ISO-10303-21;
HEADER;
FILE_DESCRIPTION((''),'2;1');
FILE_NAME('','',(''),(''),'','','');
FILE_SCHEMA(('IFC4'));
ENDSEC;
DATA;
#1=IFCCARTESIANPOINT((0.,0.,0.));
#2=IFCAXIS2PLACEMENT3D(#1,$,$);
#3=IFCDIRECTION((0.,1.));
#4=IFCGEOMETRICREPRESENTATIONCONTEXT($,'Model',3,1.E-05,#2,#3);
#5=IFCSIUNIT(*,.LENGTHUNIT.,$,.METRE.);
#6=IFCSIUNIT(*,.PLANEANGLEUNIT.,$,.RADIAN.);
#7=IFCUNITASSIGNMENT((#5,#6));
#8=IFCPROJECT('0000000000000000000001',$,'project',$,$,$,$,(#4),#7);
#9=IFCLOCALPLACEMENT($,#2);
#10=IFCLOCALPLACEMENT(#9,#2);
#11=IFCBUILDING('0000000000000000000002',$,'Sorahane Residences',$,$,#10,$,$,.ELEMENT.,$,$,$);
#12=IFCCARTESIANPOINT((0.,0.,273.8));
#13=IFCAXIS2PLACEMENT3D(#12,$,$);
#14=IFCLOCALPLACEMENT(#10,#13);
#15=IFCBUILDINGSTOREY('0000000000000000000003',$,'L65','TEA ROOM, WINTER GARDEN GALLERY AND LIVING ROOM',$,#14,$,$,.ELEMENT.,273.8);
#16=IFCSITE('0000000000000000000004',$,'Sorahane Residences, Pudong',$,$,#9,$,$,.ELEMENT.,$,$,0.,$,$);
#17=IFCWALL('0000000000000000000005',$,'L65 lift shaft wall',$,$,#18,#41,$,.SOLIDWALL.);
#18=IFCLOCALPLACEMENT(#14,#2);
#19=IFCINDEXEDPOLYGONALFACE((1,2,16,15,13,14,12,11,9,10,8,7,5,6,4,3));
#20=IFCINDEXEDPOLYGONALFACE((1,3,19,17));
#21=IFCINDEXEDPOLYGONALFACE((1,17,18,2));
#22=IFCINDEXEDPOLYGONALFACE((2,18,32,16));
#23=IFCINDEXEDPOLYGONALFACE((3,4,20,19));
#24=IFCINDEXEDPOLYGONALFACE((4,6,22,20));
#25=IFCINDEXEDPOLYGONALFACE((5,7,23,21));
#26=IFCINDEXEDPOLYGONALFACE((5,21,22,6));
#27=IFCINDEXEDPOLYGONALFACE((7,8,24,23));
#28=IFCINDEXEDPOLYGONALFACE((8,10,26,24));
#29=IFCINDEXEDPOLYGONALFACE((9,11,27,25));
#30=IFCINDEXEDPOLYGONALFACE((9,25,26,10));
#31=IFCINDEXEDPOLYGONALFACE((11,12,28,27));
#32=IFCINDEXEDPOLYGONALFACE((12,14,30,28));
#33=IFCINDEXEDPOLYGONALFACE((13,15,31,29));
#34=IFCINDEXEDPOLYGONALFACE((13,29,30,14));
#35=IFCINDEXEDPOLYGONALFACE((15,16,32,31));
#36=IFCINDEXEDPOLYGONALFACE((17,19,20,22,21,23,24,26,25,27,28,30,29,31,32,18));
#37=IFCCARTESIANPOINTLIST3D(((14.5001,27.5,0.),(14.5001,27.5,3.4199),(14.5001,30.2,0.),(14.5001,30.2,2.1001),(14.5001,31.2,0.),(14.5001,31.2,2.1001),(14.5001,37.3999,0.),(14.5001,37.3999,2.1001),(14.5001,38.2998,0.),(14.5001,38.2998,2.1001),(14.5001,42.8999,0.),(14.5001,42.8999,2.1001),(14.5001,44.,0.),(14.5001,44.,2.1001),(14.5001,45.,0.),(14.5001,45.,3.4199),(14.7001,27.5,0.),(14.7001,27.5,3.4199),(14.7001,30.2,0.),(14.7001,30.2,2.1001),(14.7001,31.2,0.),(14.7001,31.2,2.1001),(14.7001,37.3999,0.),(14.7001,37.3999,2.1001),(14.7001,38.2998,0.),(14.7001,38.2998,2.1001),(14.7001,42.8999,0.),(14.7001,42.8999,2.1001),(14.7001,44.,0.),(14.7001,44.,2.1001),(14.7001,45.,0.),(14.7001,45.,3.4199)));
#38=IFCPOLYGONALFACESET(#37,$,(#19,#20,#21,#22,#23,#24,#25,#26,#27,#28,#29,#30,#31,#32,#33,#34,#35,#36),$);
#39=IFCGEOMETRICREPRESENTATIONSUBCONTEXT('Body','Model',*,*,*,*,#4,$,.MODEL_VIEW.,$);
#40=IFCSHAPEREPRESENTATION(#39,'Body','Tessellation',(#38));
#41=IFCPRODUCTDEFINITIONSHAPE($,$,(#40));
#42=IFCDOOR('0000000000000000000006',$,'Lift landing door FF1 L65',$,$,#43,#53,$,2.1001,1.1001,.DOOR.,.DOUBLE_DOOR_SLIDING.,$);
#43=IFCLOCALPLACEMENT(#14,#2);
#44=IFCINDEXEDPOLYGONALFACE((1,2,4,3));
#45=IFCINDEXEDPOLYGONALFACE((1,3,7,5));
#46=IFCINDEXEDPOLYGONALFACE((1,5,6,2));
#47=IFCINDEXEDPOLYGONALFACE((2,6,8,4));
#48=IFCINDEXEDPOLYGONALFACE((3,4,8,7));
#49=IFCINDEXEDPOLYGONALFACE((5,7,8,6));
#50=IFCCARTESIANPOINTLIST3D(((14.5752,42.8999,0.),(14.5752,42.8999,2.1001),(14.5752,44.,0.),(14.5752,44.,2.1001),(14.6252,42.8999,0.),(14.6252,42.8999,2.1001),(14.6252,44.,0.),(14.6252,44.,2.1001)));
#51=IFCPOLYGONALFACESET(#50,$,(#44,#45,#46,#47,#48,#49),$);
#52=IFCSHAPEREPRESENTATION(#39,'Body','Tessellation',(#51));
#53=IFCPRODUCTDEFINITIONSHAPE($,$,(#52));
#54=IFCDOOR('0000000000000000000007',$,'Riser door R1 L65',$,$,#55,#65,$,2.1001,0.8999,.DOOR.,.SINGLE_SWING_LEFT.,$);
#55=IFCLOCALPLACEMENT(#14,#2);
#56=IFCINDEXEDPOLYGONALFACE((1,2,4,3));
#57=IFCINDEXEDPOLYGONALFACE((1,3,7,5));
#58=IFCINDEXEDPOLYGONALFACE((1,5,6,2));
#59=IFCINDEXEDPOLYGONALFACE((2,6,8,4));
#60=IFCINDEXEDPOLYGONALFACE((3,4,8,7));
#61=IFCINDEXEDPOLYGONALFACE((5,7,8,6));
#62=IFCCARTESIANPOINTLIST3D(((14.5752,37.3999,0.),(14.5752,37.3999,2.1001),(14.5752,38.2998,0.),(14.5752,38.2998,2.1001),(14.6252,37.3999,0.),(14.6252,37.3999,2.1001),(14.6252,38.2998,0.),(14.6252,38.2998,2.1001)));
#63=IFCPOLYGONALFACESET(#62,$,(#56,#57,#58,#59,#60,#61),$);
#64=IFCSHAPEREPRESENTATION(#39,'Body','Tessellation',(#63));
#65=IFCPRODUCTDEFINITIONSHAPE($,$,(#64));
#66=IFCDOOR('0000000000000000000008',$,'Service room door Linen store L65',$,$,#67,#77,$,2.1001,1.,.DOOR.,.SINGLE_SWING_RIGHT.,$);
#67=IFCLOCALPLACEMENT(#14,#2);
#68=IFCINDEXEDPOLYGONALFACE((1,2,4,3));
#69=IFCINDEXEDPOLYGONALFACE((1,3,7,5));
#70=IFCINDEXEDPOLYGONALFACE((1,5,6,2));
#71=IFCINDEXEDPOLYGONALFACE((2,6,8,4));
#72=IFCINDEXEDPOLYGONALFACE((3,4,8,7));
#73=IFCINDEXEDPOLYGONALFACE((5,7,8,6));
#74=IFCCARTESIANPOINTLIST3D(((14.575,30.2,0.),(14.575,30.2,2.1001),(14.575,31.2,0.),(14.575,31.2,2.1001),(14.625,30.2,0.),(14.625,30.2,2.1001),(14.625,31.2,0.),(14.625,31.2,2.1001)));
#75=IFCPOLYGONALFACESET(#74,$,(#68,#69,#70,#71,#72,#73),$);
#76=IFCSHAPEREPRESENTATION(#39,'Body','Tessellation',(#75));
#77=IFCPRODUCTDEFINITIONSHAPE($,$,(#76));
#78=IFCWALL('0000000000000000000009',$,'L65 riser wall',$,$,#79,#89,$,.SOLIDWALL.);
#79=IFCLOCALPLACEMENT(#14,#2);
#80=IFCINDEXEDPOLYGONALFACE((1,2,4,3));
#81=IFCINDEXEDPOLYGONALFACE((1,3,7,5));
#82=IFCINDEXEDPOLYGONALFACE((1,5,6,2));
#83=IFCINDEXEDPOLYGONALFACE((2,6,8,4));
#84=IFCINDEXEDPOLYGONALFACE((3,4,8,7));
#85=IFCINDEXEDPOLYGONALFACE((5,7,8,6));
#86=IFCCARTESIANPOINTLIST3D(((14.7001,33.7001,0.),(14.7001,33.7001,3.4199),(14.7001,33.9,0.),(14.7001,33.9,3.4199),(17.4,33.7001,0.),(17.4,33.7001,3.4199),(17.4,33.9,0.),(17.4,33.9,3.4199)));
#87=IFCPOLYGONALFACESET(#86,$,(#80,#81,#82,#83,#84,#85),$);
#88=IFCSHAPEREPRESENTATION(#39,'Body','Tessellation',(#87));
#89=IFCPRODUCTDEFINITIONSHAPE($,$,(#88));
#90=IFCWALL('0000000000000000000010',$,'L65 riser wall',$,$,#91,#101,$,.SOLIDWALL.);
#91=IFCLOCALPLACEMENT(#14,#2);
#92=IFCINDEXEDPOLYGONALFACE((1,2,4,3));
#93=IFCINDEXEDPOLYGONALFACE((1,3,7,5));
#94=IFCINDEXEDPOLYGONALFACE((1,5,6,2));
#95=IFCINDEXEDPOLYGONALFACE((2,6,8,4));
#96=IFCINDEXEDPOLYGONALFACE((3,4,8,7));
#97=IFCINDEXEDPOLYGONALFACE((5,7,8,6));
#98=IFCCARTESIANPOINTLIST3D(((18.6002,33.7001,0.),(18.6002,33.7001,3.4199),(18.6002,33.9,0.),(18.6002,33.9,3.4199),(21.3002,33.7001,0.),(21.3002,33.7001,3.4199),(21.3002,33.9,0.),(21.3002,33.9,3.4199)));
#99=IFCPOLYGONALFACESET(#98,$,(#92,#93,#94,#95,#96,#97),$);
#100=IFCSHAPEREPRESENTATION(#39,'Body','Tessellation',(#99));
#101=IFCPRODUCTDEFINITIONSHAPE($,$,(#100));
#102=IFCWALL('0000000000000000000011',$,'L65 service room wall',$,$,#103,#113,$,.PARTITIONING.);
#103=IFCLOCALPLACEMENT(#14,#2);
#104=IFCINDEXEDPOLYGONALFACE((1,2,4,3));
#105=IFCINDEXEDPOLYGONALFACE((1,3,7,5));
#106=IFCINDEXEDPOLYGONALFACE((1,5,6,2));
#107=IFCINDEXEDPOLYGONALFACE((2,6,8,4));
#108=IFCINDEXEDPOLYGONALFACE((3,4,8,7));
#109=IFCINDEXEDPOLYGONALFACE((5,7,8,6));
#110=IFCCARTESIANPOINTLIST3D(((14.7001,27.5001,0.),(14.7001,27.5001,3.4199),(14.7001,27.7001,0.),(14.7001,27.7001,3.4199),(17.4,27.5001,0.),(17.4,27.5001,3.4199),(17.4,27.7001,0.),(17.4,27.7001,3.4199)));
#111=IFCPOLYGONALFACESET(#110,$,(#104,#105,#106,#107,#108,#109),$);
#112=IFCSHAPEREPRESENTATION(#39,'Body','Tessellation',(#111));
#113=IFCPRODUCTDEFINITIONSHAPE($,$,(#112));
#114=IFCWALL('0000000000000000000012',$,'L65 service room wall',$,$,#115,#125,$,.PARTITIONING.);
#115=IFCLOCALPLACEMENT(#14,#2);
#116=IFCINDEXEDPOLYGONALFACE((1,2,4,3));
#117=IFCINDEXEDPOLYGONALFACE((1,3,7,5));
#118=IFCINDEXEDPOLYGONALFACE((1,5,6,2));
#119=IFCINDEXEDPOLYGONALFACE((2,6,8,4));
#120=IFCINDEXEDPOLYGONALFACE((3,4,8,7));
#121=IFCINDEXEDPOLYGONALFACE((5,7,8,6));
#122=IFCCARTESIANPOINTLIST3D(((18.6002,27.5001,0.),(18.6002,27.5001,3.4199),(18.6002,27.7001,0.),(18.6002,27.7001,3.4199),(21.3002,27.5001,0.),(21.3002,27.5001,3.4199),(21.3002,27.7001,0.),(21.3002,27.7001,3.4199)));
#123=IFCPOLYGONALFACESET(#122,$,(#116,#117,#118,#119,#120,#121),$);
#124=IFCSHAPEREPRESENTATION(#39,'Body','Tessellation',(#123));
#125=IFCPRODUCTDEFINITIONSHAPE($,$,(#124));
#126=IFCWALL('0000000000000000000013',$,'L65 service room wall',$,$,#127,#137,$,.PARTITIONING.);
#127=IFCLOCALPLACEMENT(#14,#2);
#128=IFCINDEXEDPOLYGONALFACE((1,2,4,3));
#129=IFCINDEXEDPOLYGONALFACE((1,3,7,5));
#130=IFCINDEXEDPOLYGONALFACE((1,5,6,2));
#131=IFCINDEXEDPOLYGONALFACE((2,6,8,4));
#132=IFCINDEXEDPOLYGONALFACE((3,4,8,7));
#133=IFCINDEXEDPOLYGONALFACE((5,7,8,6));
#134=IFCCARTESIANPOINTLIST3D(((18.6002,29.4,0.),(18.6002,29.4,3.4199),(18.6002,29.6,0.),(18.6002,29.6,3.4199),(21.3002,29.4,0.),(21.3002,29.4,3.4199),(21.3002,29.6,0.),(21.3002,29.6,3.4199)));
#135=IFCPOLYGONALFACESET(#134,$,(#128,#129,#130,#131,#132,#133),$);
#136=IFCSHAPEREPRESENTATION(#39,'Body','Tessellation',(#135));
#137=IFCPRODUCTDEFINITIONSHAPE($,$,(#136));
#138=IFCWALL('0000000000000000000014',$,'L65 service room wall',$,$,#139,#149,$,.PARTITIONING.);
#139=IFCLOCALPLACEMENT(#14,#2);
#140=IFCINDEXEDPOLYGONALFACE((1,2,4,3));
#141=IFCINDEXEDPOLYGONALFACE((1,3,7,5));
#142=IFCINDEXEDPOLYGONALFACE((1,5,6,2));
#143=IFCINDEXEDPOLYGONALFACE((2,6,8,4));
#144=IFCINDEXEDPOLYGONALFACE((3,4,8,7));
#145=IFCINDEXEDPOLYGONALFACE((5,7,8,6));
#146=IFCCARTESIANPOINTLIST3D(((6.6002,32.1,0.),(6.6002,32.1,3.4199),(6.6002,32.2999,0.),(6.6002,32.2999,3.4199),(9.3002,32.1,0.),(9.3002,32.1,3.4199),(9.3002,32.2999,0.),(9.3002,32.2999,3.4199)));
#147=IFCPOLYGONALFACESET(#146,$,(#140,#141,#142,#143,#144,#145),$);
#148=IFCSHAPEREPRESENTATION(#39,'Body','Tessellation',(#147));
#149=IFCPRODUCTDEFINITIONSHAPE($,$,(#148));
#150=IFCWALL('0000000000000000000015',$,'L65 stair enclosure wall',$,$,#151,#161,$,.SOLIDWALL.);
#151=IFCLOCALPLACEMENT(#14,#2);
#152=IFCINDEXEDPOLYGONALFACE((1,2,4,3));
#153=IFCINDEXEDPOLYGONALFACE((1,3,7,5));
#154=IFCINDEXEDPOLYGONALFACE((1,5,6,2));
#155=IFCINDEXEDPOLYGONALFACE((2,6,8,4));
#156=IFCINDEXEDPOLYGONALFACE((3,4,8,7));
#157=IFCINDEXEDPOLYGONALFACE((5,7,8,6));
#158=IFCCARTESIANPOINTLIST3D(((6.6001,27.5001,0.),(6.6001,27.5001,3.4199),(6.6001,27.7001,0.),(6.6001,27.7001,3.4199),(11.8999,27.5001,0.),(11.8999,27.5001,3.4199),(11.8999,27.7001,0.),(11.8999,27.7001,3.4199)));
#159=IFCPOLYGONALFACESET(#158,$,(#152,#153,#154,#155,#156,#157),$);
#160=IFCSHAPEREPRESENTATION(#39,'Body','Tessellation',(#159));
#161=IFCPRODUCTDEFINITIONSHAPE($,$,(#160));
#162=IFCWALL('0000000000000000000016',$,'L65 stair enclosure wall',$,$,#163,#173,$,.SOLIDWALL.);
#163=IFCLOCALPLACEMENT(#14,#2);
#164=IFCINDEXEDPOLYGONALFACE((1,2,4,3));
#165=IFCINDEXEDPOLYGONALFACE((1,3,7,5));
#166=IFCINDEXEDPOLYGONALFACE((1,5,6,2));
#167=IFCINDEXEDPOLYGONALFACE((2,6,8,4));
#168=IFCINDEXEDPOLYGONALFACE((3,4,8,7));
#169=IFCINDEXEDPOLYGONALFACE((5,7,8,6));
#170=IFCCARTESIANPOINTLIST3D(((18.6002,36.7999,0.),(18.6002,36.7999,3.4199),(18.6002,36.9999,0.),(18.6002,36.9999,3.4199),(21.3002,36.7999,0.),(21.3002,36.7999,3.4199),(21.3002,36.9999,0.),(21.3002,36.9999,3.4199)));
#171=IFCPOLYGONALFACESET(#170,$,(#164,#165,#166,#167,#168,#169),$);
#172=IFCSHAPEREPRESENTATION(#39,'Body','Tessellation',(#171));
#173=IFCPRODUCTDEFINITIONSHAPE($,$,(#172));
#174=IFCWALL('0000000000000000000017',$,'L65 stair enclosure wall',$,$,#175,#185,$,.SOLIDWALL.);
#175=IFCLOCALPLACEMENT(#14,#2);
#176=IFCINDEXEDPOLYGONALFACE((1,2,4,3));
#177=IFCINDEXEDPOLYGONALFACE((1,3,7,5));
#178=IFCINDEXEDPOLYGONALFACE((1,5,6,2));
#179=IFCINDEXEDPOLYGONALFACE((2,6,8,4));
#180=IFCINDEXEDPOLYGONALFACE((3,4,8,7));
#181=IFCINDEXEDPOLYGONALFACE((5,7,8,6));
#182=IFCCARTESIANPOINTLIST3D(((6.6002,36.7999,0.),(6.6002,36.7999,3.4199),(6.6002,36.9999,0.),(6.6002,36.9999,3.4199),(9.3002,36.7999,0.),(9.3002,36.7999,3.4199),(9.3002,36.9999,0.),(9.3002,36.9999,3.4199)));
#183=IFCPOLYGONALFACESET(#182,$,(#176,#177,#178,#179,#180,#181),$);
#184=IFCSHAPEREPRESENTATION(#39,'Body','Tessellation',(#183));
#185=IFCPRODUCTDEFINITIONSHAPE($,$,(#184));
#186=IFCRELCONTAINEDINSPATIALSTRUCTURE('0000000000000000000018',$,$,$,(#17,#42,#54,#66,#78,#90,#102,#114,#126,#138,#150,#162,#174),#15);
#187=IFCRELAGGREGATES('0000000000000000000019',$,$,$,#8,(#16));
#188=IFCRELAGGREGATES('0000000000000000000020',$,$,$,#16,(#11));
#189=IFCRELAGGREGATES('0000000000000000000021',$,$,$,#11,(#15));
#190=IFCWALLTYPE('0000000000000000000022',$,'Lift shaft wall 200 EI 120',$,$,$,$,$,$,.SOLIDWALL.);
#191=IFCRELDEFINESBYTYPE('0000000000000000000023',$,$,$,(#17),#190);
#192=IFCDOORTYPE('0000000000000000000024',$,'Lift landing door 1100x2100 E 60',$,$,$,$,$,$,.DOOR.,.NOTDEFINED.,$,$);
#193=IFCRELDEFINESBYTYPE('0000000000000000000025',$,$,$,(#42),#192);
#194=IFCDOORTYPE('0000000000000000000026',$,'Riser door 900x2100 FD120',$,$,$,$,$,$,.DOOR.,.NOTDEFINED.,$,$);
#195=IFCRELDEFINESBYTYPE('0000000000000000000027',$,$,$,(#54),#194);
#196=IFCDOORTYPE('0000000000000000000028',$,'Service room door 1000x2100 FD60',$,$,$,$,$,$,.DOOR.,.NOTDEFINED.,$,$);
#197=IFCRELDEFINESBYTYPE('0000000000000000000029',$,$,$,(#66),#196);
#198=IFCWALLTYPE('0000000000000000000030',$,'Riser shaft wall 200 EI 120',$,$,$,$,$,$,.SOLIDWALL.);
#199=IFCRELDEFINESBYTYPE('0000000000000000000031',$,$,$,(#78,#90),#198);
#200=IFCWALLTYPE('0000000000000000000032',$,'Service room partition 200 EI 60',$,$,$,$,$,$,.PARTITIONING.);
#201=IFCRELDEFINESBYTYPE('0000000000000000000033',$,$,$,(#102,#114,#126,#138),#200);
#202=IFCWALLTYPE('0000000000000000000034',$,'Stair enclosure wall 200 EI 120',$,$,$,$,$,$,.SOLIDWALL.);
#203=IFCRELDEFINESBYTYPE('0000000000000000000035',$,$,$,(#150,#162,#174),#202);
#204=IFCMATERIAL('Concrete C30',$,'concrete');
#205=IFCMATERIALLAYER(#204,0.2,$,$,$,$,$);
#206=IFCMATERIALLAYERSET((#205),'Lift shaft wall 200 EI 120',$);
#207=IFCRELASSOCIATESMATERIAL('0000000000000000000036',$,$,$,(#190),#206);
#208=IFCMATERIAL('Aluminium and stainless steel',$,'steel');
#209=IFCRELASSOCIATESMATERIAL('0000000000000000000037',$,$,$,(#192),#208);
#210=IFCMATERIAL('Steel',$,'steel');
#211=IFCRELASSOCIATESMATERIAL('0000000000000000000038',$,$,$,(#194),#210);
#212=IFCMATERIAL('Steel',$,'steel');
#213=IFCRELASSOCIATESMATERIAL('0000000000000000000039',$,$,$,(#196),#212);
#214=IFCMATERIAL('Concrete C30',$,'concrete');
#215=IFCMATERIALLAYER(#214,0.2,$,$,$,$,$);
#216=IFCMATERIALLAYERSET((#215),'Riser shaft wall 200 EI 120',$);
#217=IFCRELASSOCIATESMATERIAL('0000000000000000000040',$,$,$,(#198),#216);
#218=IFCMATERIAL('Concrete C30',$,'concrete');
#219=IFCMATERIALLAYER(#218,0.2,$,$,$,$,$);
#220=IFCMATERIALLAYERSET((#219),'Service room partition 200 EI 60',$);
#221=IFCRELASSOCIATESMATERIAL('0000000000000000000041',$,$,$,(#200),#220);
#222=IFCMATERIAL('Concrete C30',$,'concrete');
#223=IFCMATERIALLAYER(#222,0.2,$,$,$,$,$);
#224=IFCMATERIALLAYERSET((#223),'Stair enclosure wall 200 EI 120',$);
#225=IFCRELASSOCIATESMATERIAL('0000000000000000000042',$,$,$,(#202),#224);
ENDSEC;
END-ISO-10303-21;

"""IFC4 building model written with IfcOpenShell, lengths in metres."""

from ifc_helpers import new_model, si_unit, direction, frame, frame_2d, origin, place, context, subcontext, project, spatial, rectangle, extrude, material, layer, layer_set, type_object, element, fill, save


model = new_model("IFC4")

# Units and contexts
model_context = context("Model", 3, precision=1e-05, world=origin(), true_north=direction((0.0, 1.0)))
body_context = subcontext(model_context, "Body", "Model", "MODEL_VIEW")
ifc_project = project(units=[si_unit("LENGTHUNIT", "METRE"), si_unit("PLANEANGLEUNIT", "RADIAN")], contexts=[model_context])

# Site, building, storey
site_placement = place(None, origin())
site = spatial("IfcSite", under=ifc_project, at=site_placement, Name="Sorahane Residences, Pudong", CompositionType="ELEMENT", RefElevation=0.0)
building_placement = place(site_placement, origin())
building = spatial("IfcBuilding", under=site, at=building_placement, Name="Sorahane Residences", CompositionType="ELEMENT")
storey_placement = place(building_placement, frame((0.0, 0.0, 273.8)))
storey = spatial("IfcBuildingStorey", under=building, at=storey_placement, Name="L65", Description="TEA ROOM, WINTER GARDEN GALLERY AND LIVING ROOM", CompositionType="ELEMENT", Elevation=273.8)

# Wall, openings, doors
ifc_material_1 = material(Name="Concrete C30", Category="concrete")
ifc_layer_1 = layer(ifc_material_1, 0.2)
ifc_layer_set_1 = layer_set([ifc_layer_1], Name="Lift shaft wall 200 EI 120")
wall_type_1 = type_object("IfcWallType", Name="Lift shaft wall 200 EI 120", PredefinedType="SOLIDWALL", material=ifc_layer_set_1)
wall_1_placement = place(storey_placement, frame((14.6001, 27.5, 0.0), z_axis=(0.0, 0.0, 1.0), x_axis=(0.0, 1.0, 0.0)))
wall_1 = element("IfcWall", 1, at=wall_1_placement, inside=storey, type_object=wall_type_1, Name="L65 lift shaft wall", PredefinedType="SOLIDWALL", context=body_context, shape_type="SweptSolid", body=[
    extrude(rectangle(XDim=17.5, YDim=0.2, at=frame_2d((8.75, 0.0))), origin(), (0.0, 0.0, 1.0), 3.4199),
])
opening_1_placement = place(wall_1_placement, frame((15.3999, 0.0, 0.0)))
opening_1 = element("IfcOpeningElement", 2, at=opening_1_placement, cuts=wall_1, PredefinedType="OPENING", context=body_context, shape_type="SweptSolid", body=[
    extrude(rectangle(XDim=1.1001, YDim=2.1001, at=frame_2d((0.55, 1.05))), frame((0.0, 0.1099, 0.0), z_axis=(0.0, -1.0, 0.0), x_axis=(1.0, 0.0, 0.0)), (0.0, 0.0, 1.0), 0.22),
])
opening_2_placement = place(wall_1_placement, frame((2.7, 0.0, 0.0)))
opening_2 = element("IfcOpeningElement", 3, at=opening_2_placement, cuts=wall_1, PredefinedType="OPENING", context=body_context, shape_type="SweptSolid", body=[
    extrude(rectangle(XDim=1.0, YDim=2.1001, at=frame_2d((0.5, 1.05))), frame((0.0, 0.1099, 0.0), z_axis=(0.0, -1.0, 0.0), x_axis=(1.0, 0.0, 0.0)), (0.0, 0.0, 1.0), 0.22),
])
opening_3_placement = place(wall_1_placement, frame((9.8999, 0.0, 0.0)))
opening_3 = element("IfcOpeningElement", 4, at=opening_3_placement, cuts=wall_1, PredefinedType="OPENING", context=body_context, shape_type="SweptSolid", body=[
    extrude(rectangle(XDim=0.8999, YDim=2.1001, at=frame_2d((0.45, 1.05))), frame((0.0, 0.1099, 0.0), z_axis=(0.0, -1.0, 0.0), x_axis=(1.0, 0.0, 0.0)), (0.0, 0.0, 1.0), 0.22),
])
ifc_material_2 = material(Name="Aluminium and stainless steel", Category="steel")
door_type_1 = type_object("IfcDoorType", Name="Lift landing door 1100x2100 E 60", OperationType="NOTDEFINED", PredefinedType="DOOR", material=ifc_material_2)
door_1_placement = place(opening_1_placement, origin())
door_1 = element("IfcDoor", 5, at=door_1_placement, inside=storey, type_object=door_type_1, Name="Lift landing door FF1 L65", OperationType="DOUBLE_DOOR_SLIDING", OverallHeight=2.1001, OverallWidth=1.1001, PredefinedType="DOOR", context=body_context, shape_type="SweptSolid", body=[
    extrude(rectangle(XDim=1.1001, YDim=2.1001, at=frame_2d((0.55, 1.05))), frame((0.0, 0.0249, 0.0), z_axis=(0.0, -1.0, 0.0), x_axis=(1.0, 0.0, 0.0)), (0.0, 0.0, 1.0), 0.05),
])
fill(opening_1, door_1)
ifc_material_3 = material(Name="Steel", Category="steel")
door_type_2 = type_object("IfcDoorType", Name="Riser door 900x2100 FD120", OperationType="NOTDEFINED", PredefinedType="DOOR", material=ifc_material_3)
door_2_placement = place(opening_3_placement, origin())
door_2 = element("IfcDoor", 6, at=door_2_placement, inside=storey, type_object=door_type_2, Name="Riser door R1 L65", OperationType="SINGLE_SWING_LEFT", OverallHeight=2.1001, OverallWidth=0.8999, PredefinedType="DOOR", context=body_context, shape_type="SweptSolid", body=[
    extrude(rectangle(XDim=0.8999, YDim=2.1001, at=frame_2d((0.45, 1.05))), frame((0.0, 0.0249, 0.0), z_axis=(0.0, -1.0, 0.0), x_axis=(1.0, 0.0, 0.0)), (0.0, 0.0, 1.0), 0.05),
])
fill(opening_3, door_2)
ifc_material_4 = material(Name="Steel", Category="steel")
door_type_3 = type_object("IfcDoorType", Name="Service room door 1000x2100 FD60", OperationType="NOTDEFINED", PredefinedType="DOOR", material=ifc_material_4)
door_3_placement = place(opening_2_placement, frame((1.0, 0.0, 0.0), z_axis=(0.0, 0.0, 1.0), x_axis=(-1.0, 0.0, 0.0)))
door_3 = element("IfcDoor", 7, at=door_3_placement, inside=storey, type_object=door_type_3, Name="Service room door Linen store L65", OperationType="SINGLE_SWING_RIGHT", OverallHeight=2.1001, OverallWidth=1.0, PredefinedType="DOOR", context=body_context, shape_type="SweptSolid", body=[
    extrude(rectangle(XDim=1.0, YDim=2.1001, at=frame_2d((0.5, 1.05))), frame((0.0, 0.0249, 0.0), z_axis=(0.0, -1.0, 0.0), x_axis=(1.0, 0.0, 0.0)), (0.0, 0.0, 1.0), 0.05),
])
fill(opening_2, door_3)

# Walls
ifc_material_5 = material(Name="Concrete C30", Category="concrete")
ifc_layer_2 = layer(ifc_material_5, 0.2)
ifc_layer_set_2 = layer_set([ifc_layer_2], Name="Riser shaft wall 200 EI 120")
wall_type_2 = type_object("IfcWallType", Name="Riser shaft wall 200 EI 120", PredefinedType="SOLIDWALL", material=ifc_layer_set_2)
for number, where, z_axis, x_axis, name in (
    (8, (14.7, 33.8, 0.0), (0.0, 0.0, 1.0), (1.0, 0.0, 0.0), "L65 riser wall"),
    (9, (18.6001, 33.8, 0.0), (0.0, 0.0, 1.0), (1.0, 0.0, 0.0), "L65 riser wall"),
):
    element("IfcWall", number, at=place(storey_placement, frame(where, z_axis=z_axis, x_axis=x_axis)), inside=storey, type_object=wall_type_2, Name=name, PredefinedType="SOLIDWALL", context=body_context, shape_type="SweptSolid", body=[
        extrude(rectangle(XDim=2.7, YDim=0.2, at=frame_2d((1.3501, 0.0))), origin(), (0.0, 0.0, 1.0), 3.4199),
    ])
ifc_material_6 = material(Name="Concrete C30", Category="concrete")
ifc_layer_3 = layer(ifc_material_6, 0.2)
ifc_layer_set_3 = layer_set([ifc_layer_3], Name="Service room partition 200 EI 60")
wall_type_3 = type_object("IfcWallType", Name="Service room partition 200 EI 60", PredefinedType="PARTITIONING", material=ifc_layer_set_3)
for number, where, z_axis, x_axis, name in (
    (10, (14.7, 27.6001, 0.0), (0.0, 0.0, 1.0), (1.0, 0.0, 0.0), "L65 service room wall"),
    (11, (18.6001, 27.6001, 0.0), (0.0, 0.0, 1.0), (1.0, 0.0, 0.0), "L65 service room wall"),
    (12, (18.6001, 29.5, 0.0), (0.0, 0.0, 1.0), (1.0, 0.0, 0.0), "L65 service room wall"),
    (13, (6.6001, 32.2, 0.0), (0.0, 0.0, 1.0), (1.0, 0.0, 0.0), "L65 service room wall"),
):
    element("IfcWall", number, at=place(storey_placement, frame(where, z_axis=z_axis, x_axis=x_axis)), inside=storey, type_object=wall_type_3, Name=name, PredefinedType="PARTITIONING", context=body_context, shape_type="SweptSolid", body=[
        extrude(rectangle(XDim=2.7, YDim=0.2, at=frame_2d((1.3501, 0.0))), origin(), (0.0, 0.0, 1.0), 3.4199),
    ])
ifc_material_7 = material(Name="Concrete C30", Category="concrete")
ifc_layer_4 = layer(ifc_material_7, 0.2)
ifc_layer_set_4 = layer_set([ifc_layer_4], Name="Stair enclosure wall 200 EI 120")
wall_type_4 = type_object("IfcWallType", Name="Stair enclosure wall 200 EI 120", PredefinedType="SOLIDWALL", material=ifc_layer_set_4)
wall_2_placement = place(storey_placement, frame((6.6001, 27.6001, 0.0), z_axis=(0.0, 0.0, 1.0), x_axis=(1.0, 0.0, 0.0)))
element("IfcWall", 14, at=wall_2_placement, inside=storey, type_object=wall_type_4, Name="L65 stair enclosure wall", PredefinedType="SOLIDWALL", context=body_context, shape_type="SweptSolid", body=[
    extrude(rectangle(XDim=5.2998, YDim=0.2, at=frame_2d((2.6499, 0.0))), origin(), (0.0, 0.0, 1.0), 3.4199),
])
for number, where, z_axis, x_axis, name in (
    (15, (18.6001, 36.8999, 0.0), (0.0, 0.0, 1.0), (1.0, 0.0, 0.0), "L65 stair enclosure wall"),
    (16, (6.6001, 36.8999, 0.0), (0.0, 0.0, 1.0), (1.0, 0.0, 0.0), "L65 stair enclosure wall"),
):
    element("IfcWall", number, at=place(storey_placement, frame(where, z_axis=z_axis, x_axis=x_axis)), inside=storey, type_object=wall_type_4, Name=name, PredefinedType="SOLIDWALL", context=body_context, shape_type="SweptSolid", body=[
        extrude(rectangle(XDim=2.7, YDim=0.2, at=frame_2d((1.3501, 0.0))), origin(), (0.0, 0.0, 1.0), 3.4199),
    ])

save(model, "model.ifc")
